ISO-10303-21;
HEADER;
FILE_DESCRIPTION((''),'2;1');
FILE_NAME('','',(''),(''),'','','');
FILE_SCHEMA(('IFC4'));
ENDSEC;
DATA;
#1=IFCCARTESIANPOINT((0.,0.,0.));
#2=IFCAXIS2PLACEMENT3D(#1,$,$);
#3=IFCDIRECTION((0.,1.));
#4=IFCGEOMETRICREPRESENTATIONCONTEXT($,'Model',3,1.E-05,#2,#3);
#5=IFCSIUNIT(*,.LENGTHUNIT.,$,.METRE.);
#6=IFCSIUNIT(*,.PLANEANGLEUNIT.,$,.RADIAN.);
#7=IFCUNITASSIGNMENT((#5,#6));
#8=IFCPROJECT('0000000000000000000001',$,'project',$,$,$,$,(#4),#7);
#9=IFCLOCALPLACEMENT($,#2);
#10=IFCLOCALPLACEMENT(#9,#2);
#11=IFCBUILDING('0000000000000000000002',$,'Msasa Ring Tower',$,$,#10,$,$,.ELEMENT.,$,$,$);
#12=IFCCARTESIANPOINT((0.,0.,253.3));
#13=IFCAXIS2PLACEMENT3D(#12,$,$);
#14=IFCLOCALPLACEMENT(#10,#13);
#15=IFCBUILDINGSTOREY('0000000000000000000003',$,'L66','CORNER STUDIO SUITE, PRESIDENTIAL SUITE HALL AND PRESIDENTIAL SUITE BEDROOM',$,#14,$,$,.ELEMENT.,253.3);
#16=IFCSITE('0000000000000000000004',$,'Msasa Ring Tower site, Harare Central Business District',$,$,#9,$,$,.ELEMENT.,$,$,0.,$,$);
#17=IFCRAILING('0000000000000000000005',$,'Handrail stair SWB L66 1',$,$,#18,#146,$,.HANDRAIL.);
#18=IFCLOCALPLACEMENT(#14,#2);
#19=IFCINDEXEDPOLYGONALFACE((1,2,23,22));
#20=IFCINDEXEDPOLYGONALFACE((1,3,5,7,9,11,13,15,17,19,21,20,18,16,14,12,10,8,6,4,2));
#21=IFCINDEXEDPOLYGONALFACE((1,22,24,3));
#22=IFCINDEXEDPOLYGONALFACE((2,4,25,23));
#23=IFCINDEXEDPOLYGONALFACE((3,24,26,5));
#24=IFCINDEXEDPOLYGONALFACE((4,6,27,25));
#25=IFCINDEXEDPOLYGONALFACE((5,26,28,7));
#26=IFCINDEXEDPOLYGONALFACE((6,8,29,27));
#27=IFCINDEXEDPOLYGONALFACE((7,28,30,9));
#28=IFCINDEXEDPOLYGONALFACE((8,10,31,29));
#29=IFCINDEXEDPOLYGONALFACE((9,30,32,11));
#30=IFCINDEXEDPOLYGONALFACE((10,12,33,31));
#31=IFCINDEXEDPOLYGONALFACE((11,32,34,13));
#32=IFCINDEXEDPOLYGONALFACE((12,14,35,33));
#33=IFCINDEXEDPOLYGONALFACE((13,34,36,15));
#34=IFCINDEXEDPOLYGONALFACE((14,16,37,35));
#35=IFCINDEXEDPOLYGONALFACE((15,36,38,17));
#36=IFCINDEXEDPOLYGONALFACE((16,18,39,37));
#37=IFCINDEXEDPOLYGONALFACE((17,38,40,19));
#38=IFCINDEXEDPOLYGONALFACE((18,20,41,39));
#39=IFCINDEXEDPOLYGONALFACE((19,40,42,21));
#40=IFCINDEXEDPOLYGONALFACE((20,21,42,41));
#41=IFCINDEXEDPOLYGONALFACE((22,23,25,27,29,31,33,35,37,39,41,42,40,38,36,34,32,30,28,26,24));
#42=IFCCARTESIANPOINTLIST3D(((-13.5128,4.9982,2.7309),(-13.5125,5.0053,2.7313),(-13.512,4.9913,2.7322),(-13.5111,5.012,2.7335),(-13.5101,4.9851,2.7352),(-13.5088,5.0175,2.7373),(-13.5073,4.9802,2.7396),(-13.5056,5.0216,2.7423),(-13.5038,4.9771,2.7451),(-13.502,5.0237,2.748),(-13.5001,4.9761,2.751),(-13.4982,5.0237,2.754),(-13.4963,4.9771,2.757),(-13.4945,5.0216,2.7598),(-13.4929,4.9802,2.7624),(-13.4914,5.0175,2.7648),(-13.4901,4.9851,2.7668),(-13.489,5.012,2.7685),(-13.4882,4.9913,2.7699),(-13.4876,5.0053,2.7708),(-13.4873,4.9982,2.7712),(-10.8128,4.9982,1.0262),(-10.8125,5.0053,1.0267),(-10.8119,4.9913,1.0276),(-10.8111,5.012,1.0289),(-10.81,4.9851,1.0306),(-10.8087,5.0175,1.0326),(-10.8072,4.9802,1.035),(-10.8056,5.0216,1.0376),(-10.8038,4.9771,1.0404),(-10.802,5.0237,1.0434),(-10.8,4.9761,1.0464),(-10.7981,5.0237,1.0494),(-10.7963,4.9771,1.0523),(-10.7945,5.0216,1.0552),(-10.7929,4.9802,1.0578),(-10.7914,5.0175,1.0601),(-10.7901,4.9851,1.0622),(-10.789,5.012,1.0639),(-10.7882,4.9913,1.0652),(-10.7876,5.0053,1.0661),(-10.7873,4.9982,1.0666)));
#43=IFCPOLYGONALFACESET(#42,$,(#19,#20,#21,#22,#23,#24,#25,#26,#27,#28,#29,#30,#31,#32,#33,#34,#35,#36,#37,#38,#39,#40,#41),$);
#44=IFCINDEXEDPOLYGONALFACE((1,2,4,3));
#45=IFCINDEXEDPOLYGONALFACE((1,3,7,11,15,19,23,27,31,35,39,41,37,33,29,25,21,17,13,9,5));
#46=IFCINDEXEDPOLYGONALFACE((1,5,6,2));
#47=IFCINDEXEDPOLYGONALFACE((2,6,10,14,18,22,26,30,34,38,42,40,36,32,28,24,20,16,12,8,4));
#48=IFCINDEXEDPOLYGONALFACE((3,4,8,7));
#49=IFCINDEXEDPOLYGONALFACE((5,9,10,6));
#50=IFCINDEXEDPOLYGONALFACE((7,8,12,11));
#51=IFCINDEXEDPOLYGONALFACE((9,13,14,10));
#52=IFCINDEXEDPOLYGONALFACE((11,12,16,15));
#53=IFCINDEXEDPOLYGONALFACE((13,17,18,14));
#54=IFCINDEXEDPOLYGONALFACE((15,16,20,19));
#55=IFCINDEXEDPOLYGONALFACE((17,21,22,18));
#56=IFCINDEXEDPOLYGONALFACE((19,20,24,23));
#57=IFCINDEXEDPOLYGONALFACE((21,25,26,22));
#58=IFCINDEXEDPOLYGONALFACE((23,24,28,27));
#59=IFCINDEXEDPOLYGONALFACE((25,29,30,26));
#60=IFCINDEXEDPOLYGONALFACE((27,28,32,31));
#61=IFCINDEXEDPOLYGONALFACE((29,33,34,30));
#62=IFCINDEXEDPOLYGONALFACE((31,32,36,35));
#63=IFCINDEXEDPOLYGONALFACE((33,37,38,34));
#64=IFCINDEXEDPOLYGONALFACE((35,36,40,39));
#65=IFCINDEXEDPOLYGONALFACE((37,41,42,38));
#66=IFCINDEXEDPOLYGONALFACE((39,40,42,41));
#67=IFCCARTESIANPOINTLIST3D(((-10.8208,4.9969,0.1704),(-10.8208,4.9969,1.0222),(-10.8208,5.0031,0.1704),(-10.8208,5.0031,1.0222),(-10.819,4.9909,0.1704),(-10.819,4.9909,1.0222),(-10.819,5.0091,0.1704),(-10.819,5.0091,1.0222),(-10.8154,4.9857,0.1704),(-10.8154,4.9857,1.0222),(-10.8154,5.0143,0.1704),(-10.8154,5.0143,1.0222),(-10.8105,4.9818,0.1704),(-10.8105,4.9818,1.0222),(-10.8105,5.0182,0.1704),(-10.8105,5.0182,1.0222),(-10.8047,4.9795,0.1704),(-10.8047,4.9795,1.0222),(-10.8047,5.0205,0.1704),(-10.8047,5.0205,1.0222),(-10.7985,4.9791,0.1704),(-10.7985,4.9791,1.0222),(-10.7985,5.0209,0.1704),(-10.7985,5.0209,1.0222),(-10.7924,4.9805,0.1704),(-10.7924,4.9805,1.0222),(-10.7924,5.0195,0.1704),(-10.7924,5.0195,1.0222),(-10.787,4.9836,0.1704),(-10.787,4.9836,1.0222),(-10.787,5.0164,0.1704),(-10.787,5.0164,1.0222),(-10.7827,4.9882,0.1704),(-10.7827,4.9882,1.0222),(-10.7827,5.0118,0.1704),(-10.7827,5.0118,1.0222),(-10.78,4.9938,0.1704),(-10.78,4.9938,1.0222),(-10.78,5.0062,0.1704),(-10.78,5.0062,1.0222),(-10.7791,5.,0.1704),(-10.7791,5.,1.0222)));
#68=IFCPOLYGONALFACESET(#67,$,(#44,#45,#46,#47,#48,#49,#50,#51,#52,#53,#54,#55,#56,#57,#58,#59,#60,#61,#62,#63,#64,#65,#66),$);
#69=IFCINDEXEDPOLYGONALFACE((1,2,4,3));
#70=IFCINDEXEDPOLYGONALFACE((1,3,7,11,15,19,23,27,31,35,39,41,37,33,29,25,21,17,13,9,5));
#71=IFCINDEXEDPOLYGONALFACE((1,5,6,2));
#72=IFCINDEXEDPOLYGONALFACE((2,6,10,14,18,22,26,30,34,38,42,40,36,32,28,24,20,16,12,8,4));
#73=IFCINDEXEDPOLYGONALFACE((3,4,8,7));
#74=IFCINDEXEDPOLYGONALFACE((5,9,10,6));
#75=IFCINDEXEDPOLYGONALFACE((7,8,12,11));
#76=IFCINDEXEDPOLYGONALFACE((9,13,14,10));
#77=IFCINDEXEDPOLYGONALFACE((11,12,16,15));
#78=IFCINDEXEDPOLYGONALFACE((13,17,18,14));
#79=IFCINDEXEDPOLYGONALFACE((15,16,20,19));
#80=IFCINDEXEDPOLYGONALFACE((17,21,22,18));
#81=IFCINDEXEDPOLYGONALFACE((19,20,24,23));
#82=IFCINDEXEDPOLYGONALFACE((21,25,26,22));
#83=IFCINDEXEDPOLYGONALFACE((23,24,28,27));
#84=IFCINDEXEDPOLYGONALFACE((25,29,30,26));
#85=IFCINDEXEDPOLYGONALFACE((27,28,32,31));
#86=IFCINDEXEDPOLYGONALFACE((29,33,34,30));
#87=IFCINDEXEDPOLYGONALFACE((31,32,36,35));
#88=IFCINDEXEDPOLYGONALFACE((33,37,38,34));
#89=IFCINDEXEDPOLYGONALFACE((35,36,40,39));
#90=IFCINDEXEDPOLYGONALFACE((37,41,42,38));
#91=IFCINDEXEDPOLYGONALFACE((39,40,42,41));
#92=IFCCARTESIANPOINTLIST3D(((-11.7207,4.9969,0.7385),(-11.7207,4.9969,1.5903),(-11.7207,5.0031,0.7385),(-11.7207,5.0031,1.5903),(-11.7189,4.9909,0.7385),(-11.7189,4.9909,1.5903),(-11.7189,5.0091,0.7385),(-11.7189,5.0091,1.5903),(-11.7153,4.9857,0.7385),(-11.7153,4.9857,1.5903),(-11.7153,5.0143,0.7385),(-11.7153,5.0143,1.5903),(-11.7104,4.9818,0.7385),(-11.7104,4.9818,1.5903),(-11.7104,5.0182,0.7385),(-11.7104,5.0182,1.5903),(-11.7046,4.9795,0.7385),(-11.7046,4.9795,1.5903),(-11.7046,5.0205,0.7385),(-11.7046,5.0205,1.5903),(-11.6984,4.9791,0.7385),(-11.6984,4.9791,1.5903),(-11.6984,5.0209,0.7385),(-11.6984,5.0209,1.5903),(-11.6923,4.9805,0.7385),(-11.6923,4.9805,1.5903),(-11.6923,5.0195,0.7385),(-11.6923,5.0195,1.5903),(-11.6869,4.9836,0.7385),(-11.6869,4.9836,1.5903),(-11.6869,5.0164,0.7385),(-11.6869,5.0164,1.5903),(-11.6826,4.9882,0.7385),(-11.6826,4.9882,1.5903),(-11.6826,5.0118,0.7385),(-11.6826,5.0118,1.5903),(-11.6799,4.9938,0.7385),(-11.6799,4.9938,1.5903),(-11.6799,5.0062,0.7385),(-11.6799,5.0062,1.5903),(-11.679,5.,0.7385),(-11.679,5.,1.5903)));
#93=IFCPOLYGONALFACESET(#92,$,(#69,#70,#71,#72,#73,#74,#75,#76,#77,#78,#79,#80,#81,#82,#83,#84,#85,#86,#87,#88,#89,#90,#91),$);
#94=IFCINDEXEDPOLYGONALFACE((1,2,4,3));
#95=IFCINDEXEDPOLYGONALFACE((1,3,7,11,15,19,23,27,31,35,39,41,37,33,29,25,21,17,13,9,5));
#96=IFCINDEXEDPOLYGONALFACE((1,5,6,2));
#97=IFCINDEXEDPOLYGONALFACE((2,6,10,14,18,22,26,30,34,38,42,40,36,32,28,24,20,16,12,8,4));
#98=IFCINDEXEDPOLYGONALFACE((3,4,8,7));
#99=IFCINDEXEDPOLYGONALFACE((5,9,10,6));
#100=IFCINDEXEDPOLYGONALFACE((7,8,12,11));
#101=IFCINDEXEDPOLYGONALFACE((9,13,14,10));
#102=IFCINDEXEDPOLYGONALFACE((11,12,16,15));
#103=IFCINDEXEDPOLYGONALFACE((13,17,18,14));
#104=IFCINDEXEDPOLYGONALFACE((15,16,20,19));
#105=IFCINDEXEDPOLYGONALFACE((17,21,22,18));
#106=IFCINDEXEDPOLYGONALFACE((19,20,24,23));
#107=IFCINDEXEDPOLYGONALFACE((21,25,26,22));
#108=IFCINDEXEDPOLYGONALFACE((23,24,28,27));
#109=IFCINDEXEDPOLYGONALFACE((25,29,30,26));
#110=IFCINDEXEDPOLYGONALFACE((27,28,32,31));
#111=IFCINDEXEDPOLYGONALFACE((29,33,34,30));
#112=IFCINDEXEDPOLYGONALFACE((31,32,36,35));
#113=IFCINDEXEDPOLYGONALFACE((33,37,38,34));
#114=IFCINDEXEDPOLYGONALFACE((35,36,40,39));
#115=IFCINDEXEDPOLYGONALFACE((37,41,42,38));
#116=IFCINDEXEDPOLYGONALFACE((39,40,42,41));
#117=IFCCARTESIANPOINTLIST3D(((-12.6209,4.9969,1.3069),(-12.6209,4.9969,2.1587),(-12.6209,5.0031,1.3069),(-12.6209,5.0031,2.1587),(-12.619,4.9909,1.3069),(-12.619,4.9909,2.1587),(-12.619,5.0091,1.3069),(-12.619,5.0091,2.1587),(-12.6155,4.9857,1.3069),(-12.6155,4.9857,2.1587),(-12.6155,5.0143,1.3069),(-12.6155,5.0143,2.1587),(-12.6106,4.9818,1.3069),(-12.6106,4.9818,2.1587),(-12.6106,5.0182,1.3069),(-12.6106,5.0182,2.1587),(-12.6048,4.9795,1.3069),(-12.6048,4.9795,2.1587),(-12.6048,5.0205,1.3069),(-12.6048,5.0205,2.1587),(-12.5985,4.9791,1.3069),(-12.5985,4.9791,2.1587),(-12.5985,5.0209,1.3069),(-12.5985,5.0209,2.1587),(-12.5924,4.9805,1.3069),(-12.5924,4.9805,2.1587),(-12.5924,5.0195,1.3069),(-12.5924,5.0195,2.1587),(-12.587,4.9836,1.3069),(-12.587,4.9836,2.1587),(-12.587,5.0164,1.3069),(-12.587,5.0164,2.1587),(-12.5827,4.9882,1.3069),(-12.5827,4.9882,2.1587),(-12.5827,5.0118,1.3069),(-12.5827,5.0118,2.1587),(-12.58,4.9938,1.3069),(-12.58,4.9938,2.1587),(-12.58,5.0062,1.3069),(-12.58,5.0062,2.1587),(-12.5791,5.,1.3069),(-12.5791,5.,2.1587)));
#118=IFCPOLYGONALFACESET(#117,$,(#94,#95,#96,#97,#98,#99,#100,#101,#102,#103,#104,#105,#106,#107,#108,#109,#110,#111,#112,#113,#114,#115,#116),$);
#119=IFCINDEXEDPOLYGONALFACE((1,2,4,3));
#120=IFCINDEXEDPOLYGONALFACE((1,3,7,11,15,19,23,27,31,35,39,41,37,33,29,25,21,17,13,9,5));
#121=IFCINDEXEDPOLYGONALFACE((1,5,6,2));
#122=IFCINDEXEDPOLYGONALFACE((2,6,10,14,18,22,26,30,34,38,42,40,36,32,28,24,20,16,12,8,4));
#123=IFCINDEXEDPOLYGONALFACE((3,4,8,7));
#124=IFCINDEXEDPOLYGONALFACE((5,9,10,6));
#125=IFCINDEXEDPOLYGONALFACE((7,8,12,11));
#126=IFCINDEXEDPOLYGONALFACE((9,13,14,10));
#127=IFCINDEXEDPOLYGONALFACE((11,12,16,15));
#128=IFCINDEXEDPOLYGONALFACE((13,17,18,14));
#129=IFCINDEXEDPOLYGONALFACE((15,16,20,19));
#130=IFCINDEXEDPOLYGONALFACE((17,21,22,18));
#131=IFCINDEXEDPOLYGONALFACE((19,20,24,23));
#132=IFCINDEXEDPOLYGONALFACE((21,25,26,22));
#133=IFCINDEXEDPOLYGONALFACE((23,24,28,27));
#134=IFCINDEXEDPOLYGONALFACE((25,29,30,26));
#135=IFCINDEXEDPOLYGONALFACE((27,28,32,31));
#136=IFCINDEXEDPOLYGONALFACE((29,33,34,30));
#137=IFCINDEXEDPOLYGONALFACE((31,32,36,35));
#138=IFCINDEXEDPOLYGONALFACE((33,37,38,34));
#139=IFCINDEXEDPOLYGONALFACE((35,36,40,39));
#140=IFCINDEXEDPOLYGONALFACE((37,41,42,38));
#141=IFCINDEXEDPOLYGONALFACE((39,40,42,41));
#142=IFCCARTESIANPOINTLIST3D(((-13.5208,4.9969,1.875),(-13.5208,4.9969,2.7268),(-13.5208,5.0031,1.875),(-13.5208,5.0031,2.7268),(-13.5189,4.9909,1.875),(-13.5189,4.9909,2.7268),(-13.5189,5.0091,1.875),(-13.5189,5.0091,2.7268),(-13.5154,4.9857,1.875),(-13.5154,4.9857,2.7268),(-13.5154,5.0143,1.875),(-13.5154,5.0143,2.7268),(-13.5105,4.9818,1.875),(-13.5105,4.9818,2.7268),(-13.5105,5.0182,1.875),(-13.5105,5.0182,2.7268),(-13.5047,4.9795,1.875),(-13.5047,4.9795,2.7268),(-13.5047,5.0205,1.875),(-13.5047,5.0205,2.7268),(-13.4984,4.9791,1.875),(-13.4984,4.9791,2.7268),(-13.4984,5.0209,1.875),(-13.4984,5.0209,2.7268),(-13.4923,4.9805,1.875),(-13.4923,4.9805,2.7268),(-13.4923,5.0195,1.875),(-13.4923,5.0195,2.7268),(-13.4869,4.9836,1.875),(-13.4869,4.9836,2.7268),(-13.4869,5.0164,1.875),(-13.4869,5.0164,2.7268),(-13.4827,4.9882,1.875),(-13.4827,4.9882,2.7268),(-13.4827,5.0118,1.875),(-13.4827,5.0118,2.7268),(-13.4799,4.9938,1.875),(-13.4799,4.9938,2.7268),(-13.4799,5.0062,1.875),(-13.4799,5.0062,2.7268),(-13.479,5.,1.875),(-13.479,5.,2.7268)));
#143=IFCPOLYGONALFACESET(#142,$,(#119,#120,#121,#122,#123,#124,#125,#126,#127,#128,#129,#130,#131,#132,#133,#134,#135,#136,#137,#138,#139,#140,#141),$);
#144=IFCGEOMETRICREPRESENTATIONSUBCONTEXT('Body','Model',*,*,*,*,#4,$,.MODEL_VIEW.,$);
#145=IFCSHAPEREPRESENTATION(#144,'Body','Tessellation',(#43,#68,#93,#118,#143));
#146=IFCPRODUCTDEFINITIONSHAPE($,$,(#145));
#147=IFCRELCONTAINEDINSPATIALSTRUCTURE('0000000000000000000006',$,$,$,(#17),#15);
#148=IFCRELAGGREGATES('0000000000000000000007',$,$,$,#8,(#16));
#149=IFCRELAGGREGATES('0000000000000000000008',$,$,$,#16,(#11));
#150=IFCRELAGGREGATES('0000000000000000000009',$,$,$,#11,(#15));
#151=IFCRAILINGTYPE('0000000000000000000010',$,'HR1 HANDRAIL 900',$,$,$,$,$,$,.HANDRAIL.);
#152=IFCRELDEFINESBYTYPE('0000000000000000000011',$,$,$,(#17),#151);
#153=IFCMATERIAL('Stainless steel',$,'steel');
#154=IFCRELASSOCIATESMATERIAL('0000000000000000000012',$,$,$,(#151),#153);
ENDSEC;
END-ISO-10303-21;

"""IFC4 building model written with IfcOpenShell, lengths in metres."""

from ifc_helpers import new_model, si_unit, direction, frame, origin, origin_2d, place, context, subcontext, project, spatial, circle, extrude, material, type_object, element, save


model = new_model("IFC4")

# Units and contexts
model_context = context("Model", 3, precision=1e-05, world=origin(), true_north=direction((0.0, 1.0)))
body_context = subcontext(model_context, "Body", "Model", "MODEL_VIEW")
ifc_project = project(units=[si_unit("LENGTHUNIT", "METRE"), si_unit("PLANEANGLEUNIT", "RADIAN")], contexts=[model_context])

# Site, building, storey
site_placement = place(None, origin())
site = spatial("IfcSite", under=ifc_project, at=site_placement, Name="Msasa Ring Tower site, Harare Central Business District", CompositionType="ELEMENT", RefElevation=0.0)
building_placement = place(site_placement, origin())
building = spatial("IfcBuilding", under=site, at=building_placement, Name="Msasa Ring Tower", CompositionType="ELEMENT")
storey_placement = place(building_placement, frame((0.0, 0.0, 253.3)))
storey = spatial("IfcBuildingStorey", under=building, at=storey_placement, Name="L66", Description="CORNER STUDIO SUITE, PRESIDENTIAL SUITE HALL AND PRESIDENTIAL SUITE BEDROOM", CompositionType="ELEMENT", Elevation=253.3)

# Railing
ifc_material_1 = material(Name="Stainless steel", Category="steel")
railing_type = type_object("IfcRailingType", Name="HR1 HANDRAIL 900", PredefinedType="HANDRAIL", material=ifc_material_1)
railing_placement = place(storey_placement, frame((-10.8, 5.0, 0.1704)))
element("IfcRailing", 1, at=railing_placement, inside=storey, type_object=railing_type, Name="Handrail stair SWB L66 1", PredefinedType="HANDRAIL", context=body_context, shape_type="SweptSolid", body=[
    extrude(circle(Radius=0.0239, at=origin_2d()), frame((0.0, 0.0, 0.876), z_axis=(-0.84558, 0.0, 0.533849), x_axis=(0.0, -1.0, 0.0)), (0.0, 0.0, 1.0), 3.1931),
    extrude(circle(Radius=0.021, at=origin_2d()), origin(), (0.0, 0.0, 1.0), 0.8518),
    extrude(circle(Radius=0.021, at=origin_2d()), frame((-0.8999, 0.0, 0.5681)), (0.0, 0.0, 1.0), 0.8518),
    extrude(circle(Radius=0.021, at=origin_2d()), frame((-1.8, 0.0, 1.1365)), (0.0, 0.0, 1.0), 0.8518),
    extrude(circle(Radius=0.021, at=origin_2d()), frame((-2.7, 0.0, 1.7046)), (0.0, 0.0, 1.0), 0.8518),
])

save(model, "model.ifc")
